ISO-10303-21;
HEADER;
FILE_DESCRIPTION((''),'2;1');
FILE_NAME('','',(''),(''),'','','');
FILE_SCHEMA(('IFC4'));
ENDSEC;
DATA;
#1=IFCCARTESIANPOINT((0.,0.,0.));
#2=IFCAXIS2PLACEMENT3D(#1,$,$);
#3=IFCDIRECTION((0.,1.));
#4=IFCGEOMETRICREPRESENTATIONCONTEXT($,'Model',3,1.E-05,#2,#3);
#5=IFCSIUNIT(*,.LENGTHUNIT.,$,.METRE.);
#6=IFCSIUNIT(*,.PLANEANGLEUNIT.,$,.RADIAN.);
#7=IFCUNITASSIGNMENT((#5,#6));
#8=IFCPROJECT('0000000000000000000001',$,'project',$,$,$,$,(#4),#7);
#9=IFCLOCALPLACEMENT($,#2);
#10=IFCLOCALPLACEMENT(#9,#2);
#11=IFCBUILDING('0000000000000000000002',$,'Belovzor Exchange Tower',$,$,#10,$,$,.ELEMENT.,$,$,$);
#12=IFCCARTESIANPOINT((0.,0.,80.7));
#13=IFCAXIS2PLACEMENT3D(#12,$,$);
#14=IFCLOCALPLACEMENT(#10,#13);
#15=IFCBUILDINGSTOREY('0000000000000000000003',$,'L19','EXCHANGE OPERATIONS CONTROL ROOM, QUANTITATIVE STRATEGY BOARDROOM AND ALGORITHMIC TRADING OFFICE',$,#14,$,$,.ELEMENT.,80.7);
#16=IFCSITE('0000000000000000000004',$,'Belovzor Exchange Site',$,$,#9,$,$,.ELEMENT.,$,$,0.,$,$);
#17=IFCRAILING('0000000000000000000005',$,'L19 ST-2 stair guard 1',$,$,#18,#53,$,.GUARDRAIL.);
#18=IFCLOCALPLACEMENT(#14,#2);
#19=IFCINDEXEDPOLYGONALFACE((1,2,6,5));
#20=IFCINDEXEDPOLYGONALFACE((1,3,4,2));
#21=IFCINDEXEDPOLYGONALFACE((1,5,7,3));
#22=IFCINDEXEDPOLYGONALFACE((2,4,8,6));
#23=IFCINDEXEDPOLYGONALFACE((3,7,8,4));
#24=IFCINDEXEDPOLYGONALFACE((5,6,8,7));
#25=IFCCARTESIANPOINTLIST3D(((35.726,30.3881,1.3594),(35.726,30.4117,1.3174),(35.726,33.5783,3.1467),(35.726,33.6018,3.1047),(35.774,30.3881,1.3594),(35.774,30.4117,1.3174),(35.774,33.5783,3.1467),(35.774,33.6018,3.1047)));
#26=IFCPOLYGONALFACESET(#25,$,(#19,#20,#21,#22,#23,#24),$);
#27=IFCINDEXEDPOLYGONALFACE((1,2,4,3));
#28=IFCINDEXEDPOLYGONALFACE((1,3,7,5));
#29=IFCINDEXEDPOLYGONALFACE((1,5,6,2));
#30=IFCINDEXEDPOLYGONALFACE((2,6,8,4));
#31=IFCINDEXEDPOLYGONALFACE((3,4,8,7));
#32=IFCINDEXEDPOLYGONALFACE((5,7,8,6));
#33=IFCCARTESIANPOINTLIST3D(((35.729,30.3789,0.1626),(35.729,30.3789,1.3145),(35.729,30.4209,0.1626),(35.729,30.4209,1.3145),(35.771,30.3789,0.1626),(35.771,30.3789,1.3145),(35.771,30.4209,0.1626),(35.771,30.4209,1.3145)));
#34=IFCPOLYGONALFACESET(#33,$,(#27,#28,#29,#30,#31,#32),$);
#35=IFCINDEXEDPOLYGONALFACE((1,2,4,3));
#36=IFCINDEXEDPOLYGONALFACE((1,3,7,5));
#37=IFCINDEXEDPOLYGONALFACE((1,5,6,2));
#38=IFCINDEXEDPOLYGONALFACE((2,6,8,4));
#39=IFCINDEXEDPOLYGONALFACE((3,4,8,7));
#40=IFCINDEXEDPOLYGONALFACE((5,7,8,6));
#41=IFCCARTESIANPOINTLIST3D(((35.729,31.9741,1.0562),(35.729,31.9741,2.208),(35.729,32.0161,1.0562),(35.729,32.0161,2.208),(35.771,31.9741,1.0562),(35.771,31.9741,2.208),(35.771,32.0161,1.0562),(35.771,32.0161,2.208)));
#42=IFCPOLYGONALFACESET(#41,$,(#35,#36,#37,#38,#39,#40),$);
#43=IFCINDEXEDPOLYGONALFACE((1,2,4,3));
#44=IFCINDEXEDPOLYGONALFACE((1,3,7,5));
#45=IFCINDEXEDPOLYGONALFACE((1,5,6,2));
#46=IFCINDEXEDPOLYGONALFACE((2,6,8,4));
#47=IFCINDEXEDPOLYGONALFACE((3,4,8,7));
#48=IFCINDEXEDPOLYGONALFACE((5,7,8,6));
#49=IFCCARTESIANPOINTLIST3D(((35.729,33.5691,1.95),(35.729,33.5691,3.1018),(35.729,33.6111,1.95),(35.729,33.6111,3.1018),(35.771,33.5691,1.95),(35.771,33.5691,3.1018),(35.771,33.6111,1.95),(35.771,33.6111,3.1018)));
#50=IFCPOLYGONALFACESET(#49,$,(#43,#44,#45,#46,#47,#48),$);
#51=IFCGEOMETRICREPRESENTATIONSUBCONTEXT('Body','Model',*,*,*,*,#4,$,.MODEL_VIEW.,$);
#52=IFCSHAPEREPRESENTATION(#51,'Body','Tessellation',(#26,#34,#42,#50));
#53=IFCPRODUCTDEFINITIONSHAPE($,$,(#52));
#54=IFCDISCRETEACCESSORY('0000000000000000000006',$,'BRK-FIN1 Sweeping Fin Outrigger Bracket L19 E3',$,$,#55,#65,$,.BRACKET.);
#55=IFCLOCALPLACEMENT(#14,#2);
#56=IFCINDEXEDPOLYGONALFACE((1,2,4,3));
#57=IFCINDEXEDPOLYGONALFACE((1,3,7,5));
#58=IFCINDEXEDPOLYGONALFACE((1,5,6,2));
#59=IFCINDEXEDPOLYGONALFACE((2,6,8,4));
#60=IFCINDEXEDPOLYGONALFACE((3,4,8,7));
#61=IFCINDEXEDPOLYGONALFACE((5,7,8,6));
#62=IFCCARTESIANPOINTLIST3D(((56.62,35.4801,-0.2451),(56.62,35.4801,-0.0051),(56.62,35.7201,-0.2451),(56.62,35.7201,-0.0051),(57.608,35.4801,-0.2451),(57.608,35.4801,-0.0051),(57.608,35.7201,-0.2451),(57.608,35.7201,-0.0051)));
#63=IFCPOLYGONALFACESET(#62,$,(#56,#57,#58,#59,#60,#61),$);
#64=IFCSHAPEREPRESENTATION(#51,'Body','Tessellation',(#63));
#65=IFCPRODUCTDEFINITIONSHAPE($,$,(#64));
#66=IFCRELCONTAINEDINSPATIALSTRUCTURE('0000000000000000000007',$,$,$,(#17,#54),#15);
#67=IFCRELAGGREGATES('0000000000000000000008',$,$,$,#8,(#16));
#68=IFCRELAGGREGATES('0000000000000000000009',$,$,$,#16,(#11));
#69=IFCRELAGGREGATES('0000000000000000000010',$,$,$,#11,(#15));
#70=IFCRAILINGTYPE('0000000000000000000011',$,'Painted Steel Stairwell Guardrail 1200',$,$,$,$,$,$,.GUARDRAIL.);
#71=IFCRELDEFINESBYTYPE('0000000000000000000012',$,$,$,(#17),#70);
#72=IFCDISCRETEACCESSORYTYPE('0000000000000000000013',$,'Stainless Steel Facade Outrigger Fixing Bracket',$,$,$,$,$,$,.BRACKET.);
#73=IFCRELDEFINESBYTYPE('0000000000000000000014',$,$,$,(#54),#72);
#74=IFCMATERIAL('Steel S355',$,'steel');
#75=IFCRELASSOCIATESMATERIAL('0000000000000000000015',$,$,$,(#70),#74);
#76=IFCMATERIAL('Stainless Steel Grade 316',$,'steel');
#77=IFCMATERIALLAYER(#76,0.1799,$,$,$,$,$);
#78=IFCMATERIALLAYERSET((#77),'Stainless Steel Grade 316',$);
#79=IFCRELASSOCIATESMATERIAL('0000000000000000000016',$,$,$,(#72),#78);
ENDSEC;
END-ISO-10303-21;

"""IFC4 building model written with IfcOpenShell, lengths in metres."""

from ifc_helpers import new_model, si_unit, direction, frame, origin, origin_2d, place, context, subcontext, project, spatial, rectangle, extrude, material, layer, layer_set, type_object, element, save


model = new_model("IFC4")

# Units and contexts
model_context = context("Model", 3, precision=1e-05, world=origin(), true_north=direction((0.0, 1.0)))
body_context = subcontext(model_context, "Body", "Model", "MODEL_VIEW")
ifc_project = project(units=[si_unit("LENGTHUNIT", "METRE"), si_unit("PLANEANGLEUNIT", "RADIAN")], contexts=[model_context])

# Site, building, storey
site_placement = place(None, origin())
site = spatial("IfcSite", under=ifc_project, at=site_placement, Name="Belovzor Exchange Site", CompositionType="ELEMENT", RefElevation=0.0)
building_placement = place(site_placement, origin())
building = spatial("IfcBuilding", under=site, at=building_placement, Name="Belovzor Exchange Tower", CompositionType="ELEMENT")
storey_placement = place(building_placement, frame((0.0, 0.0, 80.7)))
storey = spatial("IfcBuildingStorey", under=building, at=storey_placement, Name="L19", Description="EXCHANGE OPERATIONS CONTROL ROOM, QUANTITATIVE STRATEGY BOARDROOM AND ALGORITHMIC TRADING OFFICE", CompositionType="ELEMENT", Elevation=80.7)

# Railing
ifc_material_1 = material(Name="Steel S355", Category="steel")
railing_type_1 = type_object("IfcRailingType", Name="Painted Steel Stairwell Guardrail 1200", PredefinedType="GUARDRAIL", material=ifc_material_1)
railing_1_placement = place(storey_placement, frame((35.75, 30.3999, 0.1626)))
element("IfcRailing", 1, at=railing_1_placement, inside=storey, type_object=railing_type_1, Name="L19 ST-2 stair guard 1", PredefinedType="GUARDRAIL", context=body_context, shape_type="SweptSolid", body=[
    extrude(rectangle(XDim=0.0481, YDim=0.0481, at=origin_2d()), frame((0.0, 0.0, 1.1758), z_axis=(0.0, 0.872407, 0.48878), x_axis=(-1.0, 0.0, 0.0)), (0.0, 0.0, 1.0), 3.6567),
    extrude(rectangle(XDim=0.042, YDim=0.042, at=origin_2d()), origin(), (0.0, 0.0, 1.0), 1.1519),
    extrude(rectangle(XDim=0.042, YDim=0.042, at=origin_2d()), frame((0.0, 1.5952, 0.8936)), (0.0, 0.0, 1.0), 1.1519),
    extrude(rectangle(XDim=0.042, YDim=0.042, at=origin_2d()), frame((0.0, 3.1902, 1.7874)), (0.0, 0.0, 1.0), 1.1519),
])

# Discrete accessory
ifc_material_2 = material(Name="Stainless Steel Grade 316", Category="steel")
ifc_layer_1 = layer(ifc_material_2, 0.1799)
ifc_layer_set_1 = layer_set([ifc_layer_1], Name="Stainless Steel Grade 316")
discrete_accessory_type = type_object("IfcDiscreteAccessoryType", Name="Stainless Steel Facade Outrigger Fixing Bracket", PredefinedType="BRACKET", material=ifc_layer_set_1)
discrete_accessory_placement = place(storey_placement, frame((57.114, 35.6001, -0.2451), z_axis=(0.0, 0.0, 1.0), x_axis=(1.0, 0.0, 0.0)))
element("IfcDiscreteAccessory", 2, at=discrete_accessory_placement, inside=storey, type_object=discrete_accessory_type, Name="BRK-FIN1 Sweeping Fin Outrigger Bracket L19 E3", PredefinedType="BRACKET", context=body_context, shape_type="SweptSolid", body=[
    extrude(rectangle(XDim=0.988, YDim=0.24, at=origin_2d()), origin(), (0.0, 0.0, 1.0), 0.24),
])

save(model, "model.ifc")
